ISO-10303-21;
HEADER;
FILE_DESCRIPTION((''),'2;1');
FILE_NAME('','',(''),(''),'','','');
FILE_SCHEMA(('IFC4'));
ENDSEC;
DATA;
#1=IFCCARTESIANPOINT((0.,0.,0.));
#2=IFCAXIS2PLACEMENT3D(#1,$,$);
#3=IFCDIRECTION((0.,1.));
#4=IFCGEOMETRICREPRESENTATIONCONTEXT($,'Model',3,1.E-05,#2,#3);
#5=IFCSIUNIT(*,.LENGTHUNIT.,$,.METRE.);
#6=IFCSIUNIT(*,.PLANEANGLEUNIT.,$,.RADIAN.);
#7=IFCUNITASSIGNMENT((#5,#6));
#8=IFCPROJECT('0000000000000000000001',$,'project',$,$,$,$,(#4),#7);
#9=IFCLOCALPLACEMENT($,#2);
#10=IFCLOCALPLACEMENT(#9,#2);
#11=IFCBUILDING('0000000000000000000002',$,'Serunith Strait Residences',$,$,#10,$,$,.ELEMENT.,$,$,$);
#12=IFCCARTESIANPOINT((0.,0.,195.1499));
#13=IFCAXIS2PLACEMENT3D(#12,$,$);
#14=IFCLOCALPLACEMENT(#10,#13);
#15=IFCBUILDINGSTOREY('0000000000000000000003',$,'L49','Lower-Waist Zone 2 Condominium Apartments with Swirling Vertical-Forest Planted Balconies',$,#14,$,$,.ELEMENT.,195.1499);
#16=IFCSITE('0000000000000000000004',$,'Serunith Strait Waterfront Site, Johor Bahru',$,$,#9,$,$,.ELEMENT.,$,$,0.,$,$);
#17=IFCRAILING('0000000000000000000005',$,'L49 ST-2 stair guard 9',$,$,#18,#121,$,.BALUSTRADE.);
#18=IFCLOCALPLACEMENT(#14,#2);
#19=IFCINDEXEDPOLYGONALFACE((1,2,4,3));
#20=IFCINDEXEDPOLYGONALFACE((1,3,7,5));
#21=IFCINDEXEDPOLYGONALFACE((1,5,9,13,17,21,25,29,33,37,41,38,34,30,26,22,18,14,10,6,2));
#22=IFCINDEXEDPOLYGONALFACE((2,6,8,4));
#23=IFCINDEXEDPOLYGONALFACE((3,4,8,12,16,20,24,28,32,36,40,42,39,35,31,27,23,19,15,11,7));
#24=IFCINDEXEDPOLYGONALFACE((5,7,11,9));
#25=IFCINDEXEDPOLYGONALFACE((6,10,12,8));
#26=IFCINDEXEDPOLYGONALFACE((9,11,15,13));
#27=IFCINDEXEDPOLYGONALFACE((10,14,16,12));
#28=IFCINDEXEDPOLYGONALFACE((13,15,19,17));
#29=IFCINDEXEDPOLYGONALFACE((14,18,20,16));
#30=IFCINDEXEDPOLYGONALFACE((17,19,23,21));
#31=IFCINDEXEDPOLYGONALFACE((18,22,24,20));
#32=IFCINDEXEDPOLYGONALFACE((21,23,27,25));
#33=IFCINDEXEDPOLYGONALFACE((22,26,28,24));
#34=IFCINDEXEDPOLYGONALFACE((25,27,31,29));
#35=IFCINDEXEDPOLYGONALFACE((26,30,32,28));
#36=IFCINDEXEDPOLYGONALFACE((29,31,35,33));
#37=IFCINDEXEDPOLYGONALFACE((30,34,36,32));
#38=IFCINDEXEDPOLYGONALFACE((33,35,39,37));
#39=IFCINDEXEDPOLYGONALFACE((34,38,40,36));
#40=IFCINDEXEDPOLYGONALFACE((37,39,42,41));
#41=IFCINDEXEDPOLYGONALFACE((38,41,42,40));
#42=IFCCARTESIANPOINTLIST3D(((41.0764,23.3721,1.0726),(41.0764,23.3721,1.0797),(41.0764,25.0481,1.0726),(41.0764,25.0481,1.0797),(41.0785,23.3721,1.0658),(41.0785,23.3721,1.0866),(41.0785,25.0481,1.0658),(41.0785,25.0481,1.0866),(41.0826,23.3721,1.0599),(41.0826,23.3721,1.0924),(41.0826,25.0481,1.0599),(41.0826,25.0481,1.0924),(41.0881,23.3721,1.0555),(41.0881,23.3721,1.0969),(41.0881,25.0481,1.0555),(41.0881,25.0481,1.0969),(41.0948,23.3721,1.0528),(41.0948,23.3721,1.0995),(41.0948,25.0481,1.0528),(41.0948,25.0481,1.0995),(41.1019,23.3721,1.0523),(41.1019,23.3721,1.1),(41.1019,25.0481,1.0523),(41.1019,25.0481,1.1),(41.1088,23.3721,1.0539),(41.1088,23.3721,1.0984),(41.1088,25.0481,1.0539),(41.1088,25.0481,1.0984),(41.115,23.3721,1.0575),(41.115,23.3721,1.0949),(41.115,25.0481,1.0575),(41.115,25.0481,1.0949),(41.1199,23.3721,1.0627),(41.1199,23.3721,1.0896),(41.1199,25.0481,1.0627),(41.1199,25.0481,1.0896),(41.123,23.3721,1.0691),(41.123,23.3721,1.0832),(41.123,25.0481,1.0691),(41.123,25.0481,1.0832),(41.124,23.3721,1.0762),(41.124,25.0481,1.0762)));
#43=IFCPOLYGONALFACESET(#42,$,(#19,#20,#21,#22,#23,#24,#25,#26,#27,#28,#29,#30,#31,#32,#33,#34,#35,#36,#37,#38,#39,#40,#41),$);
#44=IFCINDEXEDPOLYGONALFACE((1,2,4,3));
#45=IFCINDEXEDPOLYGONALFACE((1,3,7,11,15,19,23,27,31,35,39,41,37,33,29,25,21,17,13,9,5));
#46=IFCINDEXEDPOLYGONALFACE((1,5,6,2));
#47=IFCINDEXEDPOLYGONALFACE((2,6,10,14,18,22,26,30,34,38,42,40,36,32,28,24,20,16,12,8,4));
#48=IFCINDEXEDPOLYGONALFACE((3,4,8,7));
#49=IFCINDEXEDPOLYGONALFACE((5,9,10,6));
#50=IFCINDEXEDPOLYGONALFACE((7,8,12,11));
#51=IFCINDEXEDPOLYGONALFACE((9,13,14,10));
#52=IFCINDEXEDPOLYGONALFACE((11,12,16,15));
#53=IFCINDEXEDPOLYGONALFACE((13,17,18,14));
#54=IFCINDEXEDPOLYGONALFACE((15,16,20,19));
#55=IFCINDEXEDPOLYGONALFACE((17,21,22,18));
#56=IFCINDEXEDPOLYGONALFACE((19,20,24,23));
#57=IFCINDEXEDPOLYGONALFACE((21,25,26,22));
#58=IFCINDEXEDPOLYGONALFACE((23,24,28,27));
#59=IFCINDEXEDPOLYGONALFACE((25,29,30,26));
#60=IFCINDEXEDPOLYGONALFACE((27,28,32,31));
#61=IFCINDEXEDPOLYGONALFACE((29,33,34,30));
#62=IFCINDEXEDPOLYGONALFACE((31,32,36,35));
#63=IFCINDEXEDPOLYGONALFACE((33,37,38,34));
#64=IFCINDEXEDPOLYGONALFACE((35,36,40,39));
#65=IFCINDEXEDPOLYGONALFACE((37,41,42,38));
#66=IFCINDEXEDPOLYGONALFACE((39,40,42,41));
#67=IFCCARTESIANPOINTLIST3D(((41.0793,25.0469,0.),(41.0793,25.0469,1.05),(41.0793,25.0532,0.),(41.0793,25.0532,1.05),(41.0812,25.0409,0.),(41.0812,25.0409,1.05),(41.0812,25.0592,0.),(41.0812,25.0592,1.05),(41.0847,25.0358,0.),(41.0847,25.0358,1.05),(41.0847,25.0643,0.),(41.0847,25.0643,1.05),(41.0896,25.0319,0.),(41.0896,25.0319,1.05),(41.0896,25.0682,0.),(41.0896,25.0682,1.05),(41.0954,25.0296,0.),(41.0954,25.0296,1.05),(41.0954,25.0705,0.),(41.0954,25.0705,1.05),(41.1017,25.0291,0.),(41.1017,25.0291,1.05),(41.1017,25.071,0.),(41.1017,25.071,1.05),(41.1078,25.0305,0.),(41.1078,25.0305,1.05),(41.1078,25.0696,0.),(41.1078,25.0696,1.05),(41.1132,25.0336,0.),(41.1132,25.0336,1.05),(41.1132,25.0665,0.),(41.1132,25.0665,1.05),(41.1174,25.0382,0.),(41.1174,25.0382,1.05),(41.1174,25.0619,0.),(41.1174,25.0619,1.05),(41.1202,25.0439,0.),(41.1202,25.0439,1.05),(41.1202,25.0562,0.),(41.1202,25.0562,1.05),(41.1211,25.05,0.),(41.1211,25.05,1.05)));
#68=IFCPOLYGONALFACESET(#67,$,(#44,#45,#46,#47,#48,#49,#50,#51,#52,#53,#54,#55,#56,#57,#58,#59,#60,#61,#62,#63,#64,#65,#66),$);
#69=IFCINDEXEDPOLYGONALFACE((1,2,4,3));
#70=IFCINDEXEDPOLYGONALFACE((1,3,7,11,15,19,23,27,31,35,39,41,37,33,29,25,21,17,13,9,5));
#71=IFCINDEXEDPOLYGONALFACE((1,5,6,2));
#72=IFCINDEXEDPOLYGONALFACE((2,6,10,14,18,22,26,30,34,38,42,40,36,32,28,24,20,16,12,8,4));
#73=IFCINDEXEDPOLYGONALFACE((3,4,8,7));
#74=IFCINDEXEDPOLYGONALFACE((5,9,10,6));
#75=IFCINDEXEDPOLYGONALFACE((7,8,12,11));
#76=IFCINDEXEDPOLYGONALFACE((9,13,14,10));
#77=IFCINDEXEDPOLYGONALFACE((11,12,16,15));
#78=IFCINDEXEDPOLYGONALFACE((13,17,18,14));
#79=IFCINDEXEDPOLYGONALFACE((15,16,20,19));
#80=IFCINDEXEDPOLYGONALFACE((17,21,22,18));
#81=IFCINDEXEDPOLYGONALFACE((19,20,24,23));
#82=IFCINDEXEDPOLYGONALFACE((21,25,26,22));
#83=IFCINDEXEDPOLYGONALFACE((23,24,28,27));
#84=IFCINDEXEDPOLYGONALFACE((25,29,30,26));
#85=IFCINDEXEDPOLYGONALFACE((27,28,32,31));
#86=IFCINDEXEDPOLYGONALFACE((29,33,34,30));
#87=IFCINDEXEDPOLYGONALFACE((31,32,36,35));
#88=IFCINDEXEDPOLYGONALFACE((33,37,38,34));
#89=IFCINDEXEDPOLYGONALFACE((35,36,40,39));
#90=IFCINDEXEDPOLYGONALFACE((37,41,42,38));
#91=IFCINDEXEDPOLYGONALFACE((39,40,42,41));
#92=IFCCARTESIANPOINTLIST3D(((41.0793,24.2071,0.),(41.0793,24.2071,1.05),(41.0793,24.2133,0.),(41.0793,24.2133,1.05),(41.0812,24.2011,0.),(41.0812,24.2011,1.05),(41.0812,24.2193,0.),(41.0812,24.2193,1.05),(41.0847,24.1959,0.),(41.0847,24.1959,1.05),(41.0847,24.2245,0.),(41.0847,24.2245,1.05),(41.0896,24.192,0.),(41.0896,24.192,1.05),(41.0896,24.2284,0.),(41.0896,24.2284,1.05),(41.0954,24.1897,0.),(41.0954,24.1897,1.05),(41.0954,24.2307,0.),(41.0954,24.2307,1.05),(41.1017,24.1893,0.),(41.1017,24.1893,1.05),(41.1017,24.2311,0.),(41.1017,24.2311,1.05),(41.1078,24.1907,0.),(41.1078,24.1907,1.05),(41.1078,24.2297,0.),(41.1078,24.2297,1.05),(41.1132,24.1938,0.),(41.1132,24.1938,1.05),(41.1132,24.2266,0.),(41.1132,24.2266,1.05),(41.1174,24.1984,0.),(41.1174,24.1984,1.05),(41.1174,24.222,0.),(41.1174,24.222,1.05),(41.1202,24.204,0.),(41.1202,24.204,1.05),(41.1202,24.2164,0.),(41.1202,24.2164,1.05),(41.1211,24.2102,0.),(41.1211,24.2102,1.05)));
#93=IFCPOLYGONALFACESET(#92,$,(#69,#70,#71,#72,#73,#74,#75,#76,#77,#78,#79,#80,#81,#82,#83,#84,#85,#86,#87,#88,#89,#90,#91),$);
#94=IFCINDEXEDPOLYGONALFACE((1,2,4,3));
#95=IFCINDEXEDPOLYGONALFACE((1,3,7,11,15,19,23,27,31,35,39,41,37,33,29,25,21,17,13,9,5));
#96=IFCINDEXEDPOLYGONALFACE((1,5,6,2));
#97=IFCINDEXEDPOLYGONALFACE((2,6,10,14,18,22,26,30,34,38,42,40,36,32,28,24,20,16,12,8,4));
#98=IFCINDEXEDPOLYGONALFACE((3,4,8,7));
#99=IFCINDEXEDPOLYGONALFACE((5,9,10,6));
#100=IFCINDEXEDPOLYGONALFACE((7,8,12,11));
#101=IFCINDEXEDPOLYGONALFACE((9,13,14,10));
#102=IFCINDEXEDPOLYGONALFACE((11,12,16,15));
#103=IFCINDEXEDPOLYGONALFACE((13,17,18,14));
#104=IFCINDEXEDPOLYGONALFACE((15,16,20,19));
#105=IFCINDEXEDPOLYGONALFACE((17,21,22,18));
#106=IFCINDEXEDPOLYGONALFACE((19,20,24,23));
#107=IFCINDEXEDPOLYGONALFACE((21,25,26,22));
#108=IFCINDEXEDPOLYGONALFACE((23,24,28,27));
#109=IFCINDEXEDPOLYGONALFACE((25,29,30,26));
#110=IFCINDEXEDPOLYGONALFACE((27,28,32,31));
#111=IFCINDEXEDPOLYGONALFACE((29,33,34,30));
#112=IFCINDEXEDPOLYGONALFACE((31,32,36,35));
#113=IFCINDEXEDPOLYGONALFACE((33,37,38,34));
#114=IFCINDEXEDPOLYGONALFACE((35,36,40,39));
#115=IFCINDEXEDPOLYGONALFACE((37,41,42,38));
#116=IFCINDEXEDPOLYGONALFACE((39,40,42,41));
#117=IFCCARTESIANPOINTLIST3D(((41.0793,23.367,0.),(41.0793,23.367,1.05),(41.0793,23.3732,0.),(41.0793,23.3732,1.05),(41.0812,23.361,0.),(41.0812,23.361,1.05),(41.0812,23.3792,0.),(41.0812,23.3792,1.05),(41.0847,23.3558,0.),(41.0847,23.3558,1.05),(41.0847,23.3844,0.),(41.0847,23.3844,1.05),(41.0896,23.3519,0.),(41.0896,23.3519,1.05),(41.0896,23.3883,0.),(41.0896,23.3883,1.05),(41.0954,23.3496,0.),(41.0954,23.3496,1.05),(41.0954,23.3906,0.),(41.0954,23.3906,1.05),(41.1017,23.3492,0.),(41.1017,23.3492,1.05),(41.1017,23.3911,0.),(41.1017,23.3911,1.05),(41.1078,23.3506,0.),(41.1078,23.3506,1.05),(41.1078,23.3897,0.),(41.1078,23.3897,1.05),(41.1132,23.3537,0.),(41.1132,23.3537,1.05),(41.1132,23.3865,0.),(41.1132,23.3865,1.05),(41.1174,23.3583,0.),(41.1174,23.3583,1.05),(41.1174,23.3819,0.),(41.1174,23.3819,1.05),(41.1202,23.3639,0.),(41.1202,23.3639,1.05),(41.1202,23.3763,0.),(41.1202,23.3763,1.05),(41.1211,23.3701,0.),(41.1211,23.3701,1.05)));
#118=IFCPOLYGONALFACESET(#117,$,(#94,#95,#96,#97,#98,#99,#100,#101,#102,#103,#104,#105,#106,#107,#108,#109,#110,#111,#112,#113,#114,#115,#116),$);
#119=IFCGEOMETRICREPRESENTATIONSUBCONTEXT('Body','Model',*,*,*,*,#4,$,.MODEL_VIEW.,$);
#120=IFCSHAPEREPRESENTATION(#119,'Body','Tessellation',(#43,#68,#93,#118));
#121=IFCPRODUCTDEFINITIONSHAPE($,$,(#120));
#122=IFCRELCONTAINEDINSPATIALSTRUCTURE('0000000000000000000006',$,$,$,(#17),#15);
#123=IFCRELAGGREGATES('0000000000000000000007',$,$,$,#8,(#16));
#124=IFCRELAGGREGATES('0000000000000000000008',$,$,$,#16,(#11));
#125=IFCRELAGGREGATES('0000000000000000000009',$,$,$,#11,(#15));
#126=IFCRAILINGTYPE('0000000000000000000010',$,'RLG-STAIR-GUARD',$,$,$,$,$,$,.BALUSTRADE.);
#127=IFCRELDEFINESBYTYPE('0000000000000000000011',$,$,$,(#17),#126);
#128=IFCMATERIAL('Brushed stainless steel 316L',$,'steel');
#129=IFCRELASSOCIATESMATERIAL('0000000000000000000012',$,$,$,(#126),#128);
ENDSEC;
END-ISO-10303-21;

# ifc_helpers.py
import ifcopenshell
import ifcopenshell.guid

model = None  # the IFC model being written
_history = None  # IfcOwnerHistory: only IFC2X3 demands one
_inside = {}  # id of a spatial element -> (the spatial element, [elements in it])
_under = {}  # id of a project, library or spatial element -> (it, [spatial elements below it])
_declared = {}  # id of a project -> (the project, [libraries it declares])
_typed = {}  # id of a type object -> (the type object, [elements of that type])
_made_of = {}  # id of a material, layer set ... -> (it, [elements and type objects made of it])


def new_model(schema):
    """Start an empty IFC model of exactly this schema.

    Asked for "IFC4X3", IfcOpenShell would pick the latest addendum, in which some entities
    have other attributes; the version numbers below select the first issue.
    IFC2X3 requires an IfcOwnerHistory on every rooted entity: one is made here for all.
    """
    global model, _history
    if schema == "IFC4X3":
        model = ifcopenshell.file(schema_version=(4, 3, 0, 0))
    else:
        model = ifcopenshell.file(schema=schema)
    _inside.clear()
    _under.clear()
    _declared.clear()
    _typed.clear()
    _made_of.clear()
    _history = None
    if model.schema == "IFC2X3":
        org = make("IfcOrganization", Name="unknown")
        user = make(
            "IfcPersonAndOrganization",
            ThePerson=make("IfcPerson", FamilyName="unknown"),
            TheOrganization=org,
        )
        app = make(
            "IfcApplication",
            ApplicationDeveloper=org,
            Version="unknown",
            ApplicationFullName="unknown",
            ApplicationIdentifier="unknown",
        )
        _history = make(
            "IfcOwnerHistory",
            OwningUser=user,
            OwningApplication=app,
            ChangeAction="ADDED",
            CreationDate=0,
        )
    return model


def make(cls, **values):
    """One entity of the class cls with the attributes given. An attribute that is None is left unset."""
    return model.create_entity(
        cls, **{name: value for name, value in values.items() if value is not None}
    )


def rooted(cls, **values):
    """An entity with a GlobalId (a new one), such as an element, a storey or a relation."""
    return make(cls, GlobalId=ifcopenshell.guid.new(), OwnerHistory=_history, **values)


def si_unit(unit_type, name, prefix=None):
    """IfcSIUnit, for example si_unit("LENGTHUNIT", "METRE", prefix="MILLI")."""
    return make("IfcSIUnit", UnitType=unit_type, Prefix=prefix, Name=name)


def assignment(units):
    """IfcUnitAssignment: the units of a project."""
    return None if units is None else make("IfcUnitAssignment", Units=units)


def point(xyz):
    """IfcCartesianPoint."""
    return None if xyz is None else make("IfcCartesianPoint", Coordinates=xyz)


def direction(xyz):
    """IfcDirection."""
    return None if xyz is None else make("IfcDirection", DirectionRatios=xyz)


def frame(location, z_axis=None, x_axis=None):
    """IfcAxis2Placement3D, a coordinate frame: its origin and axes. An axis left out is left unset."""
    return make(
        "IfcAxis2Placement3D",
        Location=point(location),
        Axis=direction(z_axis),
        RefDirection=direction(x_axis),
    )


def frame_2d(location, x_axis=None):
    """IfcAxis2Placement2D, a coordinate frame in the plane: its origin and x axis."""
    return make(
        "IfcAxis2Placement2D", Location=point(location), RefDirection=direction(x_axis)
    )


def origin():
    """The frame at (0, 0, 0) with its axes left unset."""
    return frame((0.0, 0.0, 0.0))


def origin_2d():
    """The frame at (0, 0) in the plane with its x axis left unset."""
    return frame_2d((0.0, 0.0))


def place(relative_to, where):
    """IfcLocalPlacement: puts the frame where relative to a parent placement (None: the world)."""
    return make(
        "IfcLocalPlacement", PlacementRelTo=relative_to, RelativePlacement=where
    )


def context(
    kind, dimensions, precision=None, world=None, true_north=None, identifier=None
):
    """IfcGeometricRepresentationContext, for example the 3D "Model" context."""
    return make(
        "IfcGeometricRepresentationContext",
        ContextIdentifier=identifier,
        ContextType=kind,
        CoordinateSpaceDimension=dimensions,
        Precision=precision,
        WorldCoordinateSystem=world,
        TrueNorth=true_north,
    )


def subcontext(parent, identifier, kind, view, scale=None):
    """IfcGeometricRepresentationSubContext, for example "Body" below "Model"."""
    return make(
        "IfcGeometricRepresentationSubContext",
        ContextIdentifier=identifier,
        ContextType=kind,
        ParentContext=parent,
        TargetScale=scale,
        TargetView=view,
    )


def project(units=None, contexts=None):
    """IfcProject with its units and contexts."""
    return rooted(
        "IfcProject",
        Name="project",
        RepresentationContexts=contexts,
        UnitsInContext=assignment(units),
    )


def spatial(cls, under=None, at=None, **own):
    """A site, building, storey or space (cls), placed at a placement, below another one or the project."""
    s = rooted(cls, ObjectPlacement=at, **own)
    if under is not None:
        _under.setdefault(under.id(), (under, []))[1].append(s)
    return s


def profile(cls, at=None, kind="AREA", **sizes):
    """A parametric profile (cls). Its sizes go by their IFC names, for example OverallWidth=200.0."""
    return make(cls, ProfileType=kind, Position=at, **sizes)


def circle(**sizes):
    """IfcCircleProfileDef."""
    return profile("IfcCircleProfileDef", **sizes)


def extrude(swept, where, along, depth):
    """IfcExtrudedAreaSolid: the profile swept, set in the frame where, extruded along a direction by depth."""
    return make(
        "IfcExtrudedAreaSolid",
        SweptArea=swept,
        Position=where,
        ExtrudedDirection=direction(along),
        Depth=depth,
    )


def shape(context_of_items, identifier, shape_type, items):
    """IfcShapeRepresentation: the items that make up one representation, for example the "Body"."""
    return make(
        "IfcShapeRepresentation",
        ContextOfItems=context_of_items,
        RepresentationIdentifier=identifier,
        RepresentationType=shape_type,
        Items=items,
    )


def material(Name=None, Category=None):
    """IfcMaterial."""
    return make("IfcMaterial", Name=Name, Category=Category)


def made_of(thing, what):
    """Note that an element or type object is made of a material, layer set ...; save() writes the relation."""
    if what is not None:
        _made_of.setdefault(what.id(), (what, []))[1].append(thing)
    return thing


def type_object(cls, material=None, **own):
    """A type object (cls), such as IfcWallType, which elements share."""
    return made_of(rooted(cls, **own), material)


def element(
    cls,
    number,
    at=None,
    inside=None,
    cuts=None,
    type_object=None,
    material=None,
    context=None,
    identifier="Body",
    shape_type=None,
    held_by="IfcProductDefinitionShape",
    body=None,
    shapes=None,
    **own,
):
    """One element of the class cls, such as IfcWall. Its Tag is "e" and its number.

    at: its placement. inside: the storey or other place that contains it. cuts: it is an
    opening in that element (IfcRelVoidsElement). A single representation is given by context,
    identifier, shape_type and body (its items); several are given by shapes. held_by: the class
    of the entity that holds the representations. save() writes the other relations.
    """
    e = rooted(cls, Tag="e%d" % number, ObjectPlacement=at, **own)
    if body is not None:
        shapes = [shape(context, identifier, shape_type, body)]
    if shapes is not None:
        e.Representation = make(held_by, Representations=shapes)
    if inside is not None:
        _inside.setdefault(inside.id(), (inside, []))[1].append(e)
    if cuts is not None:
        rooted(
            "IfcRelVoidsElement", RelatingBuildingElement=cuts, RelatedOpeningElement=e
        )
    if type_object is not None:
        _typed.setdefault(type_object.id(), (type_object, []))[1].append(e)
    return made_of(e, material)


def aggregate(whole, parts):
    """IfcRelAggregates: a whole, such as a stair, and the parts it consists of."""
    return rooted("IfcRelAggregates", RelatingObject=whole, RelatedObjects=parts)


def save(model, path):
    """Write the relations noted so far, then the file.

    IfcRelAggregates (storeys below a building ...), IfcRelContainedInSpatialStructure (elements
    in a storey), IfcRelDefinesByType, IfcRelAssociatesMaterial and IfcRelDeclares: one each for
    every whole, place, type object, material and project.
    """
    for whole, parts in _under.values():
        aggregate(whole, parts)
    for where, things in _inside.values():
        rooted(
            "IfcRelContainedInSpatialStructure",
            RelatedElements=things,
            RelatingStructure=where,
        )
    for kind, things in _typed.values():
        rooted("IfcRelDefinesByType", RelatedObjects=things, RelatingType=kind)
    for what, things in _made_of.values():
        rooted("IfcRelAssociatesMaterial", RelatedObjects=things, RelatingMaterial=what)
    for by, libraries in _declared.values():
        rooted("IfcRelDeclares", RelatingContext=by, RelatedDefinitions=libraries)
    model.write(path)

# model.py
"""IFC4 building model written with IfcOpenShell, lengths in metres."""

from ifc_helpers import new_model, si_unit, direction, frame, origin, origin_2d, place, context, subcontext, project, spatial, circle, extrude, material, type_object, element, save


model = new_model("IFC4")

# Units and contexts
model_context = context("Model", 3, precision=1e-05, world=origin(), true_north=direction((0.0, 1.0)))
body_context = subcontext(model_context, "Body", "Model", "MODEL_VIEW")
ifc_project = project(units=[si_unit("LENGTHUNIT", "METRE"), si_unit("PLANEANGLEUNIT", "RADIAN")], contexts=[model_context])

# Site, building, storey
site_placement = place(None, origin())
site = spatial("IfcSite", under=ifc_project, at=site_placement, Name="Serunith Strait Waterfront Site, Johor Bahru", CompositionType="ELEMENT", RefElevation=0.0)
building_placement = place(site_placement, origin())
building = spatial("IfcBuilding", under=site, at=building_placement, Name="Serunith Strait Residences", CompositionType="ELEMENT")
storey_placement = place(building_placement, frame((0.0, 0.0, 195.1499)))
storey = spatial("IfcBuildingStorey", under=building, at=storey_placement, Name="L49", Description="Lower-Waist Zone 2 Condominium Apartments with Swirling Vertical-Forest Planted Balconies", CompositionType="ELEMENT", Elevation=195.1499)

# Railing
ifc_material_1 = material(Name="Brushed stainless steel 316L", Category="steel")
railing_type = type_object("IfcRailingType", Name="RLG-STAIR-GUARD", PredefinedType="BALUSTRADE", material=ifc_material_1)
for number, where, name in (
    (1, (41.1001, 25.05, 0.0), "L49 ST-2 stair guard 9"),
):
    element("IfcRailing", number, at=place(storey_placement, frame(where)), inside=storey, type_object=railing_type, Name=name, PredefinedType="BALUSTRADE", context=body_context, shape_type="SweptSolid", body=[
        extrude(circle(Radius=0.0239, at=origin_2d()), frame((0.0, -0.002, 1.0762), z_axis=(0.0, -1.0, 0.0), x_axis=(1.0, 0.0, 0.0)), (0.0, 0.0, 1.0), 1.676),
        extrude(circle(Radius=0.021, at=origin_2d()), origin(), (0.0, 0.0, 1.0), 1.05),
        extrude(circle(Radius=0.021, at=origin_2d()), frame((0.0, -0.8398, 0.0)), (0.0, 0.0, 1.0), 1.05),
        extrude(circle(Radius=0.021, at=origin_2d()), frame((0.0, -1.6799, 0.0)), (0.0, 0.0, 1.0), 1.05),
    ])

save(model, "model.ifc")
